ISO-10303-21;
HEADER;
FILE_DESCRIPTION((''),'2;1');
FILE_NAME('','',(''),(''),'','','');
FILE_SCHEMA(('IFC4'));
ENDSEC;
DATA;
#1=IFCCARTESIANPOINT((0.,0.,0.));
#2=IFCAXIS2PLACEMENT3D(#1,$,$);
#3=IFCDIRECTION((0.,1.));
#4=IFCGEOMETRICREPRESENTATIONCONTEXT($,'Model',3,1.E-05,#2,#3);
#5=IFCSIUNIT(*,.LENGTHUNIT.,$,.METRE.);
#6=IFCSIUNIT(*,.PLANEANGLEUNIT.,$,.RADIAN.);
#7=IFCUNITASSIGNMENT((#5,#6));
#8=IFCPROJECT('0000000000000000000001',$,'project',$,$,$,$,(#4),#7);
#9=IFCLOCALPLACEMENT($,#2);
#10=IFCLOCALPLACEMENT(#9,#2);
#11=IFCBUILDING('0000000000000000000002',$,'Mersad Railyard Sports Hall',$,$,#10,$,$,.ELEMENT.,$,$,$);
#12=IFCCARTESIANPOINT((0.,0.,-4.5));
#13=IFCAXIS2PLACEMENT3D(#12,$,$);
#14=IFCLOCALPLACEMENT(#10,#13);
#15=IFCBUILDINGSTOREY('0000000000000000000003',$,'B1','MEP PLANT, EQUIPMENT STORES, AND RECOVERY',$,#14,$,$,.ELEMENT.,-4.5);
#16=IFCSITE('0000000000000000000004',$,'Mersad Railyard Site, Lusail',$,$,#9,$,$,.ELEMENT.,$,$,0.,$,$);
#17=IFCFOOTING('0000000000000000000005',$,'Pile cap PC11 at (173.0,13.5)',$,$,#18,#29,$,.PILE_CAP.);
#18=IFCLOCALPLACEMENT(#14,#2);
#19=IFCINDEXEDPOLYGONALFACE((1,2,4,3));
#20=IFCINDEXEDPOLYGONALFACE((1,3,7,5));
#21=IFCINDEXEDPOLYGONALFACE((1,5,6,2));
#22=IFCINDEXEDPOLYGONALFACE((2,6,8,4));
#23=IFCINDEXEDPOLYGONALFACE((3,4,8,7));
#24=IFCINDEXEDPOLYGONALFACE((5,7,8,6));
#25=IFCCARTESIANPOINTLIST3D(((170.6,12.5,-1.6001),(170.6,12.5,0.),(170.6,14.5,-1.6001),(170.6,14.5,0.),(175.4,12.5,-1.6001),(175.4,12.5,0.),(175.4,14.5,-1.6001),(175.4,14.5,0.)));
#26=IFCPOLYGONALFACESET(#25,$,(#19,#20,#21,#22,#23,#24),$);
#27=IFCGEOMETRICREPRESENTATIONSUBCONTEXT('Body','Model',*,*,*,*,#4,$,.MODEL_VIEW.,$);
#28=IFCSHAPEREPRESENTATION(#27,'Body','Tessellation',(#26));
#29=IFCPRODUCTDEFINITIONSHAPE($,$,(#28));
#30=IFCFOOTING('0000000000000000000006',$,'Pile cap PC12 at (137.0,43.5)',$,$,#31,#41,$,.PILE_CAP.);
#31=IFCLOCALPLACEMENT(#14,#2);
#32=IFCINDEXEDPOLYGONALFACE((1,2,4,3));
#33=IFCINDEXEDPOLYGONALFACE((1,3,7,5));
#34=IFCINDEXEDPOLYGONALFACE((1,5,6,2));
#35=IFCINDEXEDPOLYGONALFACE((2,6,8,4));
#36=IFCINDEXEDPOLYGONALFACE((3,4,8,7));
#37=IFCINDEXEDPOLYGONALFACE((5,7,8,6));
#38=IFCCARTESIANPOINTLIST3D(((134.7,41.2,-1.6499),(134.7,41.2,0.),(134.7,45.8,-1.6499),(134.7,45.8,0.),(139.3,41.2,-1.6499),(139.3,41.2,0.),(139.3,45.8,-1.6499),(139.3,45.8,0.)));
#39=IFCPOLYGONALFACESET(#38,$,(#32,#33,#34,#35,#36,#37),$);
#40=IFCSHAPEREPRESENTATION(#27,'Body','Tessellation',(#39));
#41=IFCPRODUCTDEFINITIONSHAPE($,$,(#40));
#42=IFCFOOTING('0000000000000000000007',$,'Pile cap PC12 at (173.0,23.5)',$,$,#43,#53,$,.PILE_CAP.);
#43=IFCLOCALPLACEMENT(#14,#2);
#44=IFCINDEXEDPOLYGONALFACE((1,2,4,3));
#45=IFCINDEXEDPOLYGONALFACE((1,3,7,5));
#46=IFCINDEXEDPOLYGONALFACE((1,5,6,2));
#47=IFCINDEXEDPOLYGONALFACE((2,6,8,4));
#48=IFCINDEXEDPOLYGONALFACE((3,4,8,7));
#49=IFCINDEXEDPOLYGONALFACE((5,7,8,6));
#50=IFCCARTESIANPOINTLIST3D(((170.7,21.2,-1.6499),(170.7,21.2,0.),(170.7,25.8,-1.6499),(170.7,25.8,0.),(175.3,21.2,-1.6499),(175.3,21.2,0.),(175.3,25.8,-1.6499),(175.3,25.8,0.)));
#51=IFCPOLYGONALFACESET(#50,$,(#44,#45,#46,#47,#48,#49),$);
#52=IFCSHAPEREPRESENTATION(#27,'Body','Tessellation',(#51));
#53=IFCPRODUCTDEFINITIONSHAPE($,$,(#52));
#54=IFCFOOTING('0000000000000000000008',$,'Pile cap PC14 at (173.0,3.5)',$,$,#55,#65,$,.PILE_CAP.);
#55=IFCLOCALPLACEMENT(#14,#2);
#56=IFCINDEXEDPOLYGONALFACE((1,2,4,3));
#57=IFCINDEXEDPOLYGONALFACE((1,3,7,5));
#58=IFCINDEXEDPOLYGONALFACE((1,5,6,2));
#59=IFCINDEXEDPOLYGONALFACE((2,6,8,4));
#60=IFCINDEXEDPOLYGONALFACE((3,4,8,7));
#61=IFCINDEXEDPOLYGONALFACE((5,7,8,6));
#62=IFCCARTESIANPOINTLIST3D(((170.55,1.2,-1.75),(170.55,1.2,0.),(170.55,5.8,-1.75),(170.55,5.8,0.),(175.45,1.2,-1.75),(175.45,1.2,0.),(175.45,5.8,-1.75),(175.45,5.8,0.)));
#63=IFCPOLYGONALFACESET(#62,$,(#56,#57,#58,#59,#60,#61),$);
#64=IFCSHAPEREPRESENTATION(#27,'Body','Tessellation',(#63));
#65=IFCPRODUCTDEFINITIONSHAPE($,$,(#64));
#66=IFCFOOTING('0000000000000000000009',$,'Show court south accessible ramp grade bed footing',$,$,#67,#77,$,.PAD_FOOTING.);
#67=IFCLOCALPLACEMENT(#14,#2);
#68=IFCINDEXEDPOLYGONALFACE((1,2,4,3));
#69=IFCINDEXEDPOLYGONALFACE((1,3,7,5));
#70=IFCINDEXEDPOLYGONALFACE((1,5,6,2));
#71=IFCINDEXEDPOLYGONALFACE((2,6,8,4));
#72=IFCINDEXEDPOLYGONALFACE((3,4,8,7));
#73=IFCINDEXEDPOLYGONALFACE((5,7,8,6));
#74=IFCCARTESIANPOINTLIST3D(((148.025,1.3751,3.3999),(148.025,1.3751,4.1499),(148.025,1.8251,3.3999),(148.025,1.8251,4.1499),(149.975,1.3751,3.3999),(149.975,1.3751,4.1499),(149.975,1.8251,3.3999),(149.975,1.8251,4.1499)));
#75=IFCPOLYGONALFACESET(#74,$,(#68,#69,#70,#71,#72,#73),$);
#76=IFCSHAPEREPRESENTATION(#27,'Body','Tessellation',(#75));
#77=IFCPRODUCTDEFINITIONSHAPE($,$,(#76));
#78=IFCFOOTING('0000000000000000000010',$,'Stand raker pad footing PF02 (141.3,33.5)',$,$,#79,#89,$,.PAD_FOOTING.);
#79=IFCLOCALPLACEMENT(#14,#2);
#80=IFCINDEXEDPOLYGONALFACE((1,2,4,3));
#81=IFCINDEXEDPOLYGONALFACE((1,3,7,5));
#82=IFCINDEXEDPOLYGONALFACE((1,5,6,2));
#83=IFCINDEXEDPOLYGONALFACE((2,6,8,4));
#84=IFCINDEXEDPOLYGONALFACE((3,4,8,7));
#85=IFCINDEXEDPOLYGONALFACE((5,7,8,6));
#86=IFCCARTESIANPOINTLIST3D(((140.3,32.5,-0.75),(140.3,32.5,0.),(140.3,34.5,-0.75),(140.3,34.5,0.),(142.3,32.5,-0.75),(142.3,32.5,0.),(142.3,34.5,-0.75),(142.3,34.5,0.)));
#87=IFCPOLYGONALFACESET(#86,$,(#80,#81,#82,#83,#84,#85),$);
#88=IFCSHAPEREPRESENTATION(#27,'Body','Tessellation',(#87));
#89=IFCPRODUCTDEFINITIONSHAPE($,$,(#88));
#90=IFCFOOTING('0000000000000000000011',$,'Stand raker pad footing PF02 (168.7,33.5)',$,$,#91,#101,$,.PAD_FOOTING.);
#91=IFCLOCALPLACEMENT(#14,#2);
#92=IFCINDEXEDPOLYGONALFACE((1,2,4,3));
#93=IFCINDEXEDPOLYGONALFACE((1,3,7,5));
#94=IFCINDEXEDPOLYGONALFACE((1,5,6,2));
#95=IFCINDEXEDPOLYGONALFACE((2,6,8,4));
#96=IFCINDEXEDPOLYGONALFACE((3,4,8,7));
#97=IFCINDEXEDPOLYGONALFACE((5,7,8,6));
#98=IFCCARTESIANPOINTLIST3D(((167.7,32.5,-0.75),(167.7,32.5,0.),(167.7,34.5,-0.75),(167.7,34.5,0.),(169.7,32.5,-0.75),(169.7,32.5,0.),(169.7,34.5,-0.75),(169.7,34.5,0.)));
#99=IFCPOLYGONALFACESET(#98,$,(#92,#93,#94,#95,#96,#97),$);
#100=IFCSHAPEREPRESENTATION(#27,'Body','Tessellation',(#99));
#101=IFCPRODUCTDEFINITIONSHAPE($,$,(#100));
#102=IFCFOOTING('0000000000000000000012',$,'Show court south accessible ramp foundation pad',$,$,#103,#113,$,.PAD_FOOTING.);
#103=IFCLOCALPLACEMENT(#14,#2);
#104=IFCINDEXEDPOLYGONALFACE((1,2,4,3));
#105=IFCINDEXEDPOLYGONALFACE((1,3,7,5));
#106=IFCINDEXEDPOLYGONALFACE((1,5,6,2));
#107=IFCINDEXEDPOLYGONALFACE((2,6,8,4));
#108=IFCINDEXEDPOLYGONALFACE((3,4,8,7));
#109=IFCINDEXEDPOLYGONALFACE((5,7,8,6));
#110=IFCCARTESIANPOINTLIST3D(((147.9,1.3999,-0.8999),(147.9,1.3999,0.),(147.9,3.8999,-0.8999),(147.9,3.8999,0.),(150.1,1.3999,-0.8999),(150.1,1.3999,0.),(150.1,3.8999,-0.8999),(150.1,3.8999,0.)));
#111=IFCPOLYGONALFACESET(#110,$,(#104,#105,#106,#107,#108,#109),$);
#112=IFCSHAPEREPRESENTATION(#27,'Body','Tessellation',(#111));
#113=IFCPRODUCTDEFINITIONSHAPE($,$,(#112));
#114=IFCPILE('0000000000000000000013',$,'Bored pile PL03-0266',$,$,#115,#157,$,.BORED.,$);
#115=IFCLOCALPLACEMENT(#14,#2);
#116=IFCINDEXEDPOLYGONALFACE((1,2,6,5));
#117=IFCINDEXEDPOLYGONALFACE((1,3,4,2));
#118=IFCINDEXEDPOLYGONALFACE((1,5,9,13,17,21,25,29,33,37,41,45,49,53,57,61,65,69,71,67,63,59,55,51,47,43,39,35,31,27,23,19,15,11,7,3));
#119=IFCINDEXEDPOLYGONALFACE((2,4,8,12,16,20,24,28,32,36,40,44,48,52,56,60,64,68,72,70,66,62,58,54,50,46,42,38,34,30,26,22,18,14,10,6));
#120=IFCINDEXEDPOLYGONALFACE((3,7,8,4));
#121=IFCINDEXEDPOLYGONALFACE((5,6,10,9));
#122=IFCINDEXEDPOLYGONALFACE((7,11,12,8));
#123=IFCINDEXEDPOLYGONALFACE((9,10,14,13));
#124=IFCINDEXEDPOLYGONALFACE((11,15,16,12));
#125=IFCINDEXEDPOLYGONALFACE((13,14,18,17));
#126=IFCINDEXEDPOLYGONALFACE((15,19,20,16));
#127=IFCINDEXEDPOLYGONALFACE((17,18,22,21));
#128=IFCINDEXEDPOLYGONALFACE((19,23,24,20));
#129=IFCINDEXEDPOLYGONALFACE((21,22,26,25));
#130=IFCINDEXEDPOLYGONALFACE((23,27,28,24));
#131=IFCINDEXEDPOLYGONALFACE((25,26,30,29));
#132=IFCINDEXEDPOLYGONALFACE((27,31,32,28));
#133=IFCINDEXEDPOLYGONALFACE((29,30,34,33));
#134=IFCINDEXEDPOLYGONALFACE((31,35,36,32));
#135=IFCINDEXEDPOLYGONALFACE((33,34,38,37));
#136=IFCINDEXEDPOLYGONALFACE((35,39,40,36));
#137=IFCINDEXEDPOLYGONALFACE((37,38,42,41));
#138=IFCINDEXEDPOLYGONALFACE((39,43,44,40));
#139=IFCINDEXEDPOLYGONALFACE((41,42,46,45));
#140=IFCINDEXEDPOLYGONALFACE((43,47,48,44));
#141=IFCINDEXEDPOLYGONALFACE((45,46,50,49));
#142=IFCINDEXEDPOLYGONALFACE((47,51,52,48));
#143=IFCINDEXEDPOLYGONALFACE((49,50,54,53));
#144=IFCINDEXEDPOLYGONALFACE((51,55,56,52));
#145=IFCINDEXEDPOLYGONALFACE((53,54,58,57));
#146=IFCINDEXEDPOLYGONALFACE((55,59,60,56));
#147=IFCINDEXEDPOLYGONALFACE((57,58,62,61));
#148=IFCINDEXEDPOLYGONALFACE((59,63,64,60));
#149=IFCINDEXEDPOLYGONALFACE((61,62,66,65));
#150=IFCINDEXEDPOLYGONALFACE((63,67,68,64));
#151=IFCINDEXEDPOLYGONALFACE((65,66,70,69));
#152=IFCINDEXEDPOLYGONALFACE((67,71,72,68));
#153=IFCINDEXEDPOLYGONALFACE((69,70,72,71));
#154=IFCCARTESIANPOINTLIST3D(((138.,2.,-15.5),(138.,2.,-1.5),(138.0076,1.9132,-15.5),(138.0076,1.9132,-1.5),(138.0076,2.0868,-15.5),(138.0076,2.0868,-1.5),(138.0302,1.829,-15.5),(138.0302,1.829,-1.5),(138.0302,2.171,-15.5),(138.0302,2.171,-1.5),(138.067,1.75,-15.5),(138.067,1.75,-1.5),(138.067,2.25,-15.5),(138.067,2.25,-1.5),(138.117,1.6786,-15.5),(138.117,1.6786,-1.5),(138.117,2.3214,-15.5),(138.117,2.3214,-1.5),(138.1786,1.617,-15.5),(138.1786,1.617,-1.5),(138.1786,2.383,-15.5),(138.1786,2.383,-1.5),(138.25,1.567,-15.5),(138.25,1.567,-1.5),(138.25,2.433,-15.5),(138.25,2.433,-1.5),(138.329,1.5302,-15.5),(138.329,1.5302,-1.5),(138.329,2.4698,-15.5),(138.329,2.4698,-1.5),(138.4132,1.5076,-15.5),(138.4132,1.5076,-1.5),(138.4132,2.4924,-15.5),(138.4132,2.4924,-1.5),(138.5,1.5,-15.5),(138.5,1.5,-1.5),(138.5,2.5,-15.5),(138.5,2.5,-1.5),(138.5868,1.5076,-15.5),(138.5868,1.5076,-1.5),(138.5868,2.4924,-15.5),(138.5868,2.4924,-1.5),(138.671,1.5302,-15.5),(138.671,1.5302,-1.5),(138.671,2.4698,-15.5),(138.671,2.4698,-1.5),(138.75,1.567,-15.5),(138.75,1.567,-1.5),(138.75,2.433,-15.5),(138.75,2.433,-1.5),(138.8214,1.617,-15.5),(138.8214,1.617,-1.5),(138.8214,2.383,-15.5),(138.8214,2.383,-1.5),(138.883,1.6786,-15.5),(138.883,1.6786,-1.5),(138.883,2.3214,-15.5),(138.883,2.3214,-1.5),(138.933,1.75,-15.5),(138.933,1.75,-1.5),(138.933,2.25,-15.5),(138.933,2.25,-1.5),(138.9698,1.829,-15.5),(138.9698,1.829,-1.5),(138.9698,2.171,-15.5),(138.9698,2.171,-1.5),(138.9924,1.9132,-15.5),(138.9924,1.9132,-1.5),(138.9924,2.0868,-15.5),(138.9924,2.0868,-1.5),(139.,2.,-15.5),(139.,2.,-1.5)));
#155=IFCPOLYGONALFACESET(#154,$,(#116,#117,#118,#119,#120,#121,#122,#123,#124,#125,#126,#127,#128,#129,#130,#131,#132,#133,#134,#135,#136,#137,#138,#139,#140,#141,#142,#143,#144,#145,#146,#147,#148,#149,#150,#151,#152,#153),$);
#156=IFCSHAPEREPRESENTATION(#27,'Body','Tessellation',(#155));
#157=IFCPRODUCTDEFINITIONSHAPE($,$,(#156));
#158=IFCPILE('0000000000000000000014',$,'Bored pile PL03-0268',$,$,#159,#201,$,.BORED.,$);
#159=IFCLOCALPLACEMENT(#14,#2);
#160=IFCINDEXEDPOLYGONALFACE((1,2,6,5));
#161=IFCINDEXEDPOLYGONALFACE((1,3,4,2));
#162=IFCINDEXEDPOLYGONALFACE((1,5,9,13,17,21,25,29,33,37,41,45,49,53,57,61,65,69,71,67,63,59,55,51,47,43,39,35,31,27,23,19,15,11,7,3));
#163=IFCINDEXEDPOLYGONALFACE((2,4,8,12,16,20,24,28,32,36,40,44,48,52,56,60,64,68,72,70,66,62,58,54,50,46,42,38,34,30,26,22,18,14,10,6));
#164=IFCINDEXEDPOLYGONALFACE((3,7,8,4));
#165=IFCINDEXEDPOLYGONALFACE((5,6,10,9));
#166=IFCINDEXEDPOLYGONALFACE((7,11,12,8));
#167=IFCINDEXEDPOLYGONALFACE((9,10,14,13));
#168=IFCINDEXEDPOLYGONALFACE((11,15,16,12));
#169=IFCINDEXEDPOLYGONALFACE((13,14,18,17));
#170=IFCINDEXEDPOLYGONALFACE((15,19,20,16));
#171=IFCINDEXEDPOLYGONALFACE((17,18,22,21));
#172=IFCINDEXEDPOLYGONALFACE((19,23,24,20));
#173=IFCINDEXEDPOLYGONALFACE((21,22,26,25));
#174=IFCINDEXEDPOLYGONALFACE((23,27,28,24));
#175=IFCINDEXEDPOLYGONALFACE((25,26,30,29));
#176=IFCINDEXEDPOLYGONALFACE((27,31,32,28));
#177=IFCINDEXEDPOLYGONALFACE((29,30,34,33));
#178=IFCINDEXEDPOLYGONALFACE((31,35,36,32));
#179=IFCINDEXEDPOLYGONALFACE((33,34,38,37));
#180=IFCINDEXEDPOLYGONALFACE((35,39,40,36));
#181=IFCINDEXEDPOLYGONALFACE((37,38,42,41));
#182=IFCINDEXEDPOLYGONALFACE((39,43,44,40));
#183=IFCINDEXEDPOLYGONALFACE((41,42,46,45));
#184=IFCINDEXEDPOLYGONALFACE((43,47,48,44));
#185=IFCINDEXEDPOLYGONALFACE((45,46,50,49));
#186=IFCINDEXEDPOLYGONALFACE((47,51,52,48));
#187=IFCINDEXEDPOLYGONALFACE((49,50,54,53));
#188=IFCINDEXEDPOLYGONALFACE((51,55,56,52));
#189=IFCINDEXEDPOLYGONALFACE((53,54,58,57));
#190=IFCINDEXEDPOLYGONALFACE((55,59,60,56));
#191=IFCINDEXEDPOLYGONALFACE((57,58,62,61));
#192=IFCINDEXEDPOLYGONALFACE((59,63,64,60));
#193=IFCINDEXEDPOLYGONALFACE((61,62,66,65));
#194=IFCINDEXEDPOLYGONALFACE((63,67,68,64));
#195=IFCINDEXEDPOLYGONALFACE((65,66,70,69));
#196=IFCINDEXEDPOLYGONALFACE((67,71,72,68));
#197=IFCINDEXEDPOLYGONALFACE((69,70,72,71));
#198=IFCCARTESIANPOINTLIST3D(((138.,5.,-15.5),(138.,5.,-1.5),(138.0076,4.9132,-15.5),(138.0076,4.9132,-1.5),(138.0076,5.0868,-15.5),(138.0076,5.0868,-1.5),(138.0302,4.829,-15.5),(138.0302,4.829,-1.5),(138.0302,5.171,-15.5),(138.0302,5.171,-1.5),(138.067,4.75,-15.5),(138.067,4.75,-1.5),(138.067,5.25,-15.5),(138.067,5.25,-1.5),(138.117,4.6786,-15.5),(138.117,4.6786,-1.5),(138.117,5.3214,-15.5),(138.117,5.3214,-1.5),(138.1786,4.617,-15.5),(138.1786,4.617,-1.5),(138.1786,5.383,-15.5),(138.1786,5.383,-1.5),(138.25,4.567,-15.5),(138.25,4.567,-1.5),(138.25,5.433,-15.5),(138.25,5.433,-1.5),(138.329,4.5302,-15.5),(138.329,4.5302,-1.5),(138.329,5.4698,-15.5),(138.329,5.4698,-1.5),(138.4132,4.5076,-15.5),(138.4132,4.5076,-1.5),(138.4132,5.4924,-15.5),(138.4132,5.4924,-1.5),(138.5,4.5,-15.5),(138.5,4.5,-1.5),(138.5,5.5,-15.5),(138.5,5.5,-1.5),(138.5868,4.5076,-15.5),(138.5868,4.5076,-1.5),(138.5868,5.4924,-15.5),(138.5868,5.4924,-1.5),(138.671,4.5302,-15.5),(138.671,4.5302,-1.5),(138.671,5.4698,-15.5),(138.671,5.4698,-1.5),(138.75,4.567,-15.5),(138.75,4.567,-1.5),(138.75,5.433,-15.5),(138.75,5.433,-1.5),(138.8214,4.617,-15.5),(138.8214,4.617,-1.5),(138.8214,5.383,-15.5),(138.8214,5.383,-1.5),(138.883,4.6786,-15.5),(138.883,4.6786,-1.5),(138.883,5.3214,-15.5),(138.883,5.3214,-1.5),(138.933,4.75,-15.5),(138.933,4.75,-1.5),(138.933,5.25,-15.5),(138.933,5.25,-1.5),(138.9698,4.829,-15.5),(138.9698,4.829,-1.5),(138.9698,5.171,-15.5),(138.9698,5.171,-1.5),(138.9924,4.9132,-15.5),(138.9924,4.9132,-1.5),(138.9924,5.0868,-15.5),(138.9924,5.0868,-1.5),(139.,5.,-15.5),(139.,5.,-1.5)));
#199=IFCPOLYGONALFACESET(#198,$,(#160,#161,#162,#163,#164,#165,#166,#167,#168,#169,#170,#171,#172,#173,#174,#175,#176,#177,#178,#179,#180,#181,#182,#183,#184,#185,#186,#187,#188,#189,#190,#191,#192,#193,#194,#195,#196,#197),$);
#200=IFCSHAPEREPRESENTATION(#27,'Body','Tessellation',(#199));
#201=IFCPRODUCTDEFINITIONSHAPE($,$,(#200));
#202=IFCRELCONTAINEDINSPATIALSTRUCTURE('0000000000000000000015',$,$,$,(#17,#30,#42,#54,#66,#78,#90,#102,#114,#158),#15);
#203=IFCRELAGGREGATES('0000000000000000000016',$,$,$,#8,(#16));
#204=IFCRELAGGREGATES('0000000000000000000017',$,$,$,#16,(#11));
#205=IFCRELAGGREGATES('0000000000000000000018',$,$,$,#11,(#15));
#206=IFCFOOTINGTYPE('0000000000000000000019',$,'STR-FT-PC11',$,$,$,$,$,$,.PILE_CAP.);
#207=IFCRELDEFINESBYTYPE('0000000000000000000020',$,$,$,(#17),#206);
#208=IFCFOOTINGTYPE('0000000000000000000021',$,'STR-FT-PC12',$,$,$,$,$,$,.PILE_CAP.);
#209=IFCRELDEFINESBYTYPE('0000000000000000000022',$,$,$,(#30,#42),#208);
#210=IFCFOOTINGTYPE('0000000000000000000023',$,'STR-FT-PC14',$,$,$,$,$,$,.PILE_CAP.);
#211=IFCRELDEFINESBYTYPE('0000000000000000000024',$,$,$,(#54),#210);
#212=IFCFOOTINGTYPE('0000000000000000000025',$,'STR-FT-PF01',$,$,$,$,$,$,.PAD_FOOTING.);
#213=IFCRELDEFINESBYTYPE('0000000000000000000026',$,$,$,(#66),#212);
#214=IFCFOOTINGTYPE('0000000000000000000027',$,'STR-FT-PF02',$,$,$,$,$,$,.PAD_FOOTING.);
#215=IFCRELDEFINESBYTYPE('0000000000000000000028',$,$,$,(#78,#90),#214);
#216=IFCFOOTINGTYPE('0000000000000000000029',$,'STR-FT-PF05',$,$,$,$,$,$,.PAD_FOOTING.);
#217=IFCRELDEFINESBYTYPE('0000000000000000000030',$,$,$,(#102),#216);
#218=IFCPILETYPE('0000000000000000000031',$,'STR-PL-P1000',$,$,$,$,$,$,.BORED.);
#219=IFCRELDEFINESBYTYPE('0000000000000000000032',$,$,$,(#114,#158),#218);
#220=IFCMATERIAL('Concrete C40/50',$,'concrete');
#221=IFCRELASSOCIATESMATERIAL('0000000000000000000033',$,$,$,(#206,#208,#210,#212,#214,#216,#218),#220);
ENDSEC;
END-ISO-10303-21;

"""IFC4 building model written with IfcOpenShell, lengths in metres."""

from ifc_helpers import new_model, si_unit, direction, frame, origin, origin_2d, place, context, subcontext, project, spatial, rectangle, circle, extrude, material, material_profile, profile_set, type_object, element, save


model = new_model("IFC4")

# Units and contexts
model_context = context("Model", 3, precision=1e-05, world=origin(), true_north=direction((0.0, 1.0)))
body_context = subcontext(model_context, "Body", "Model", "MODEL_VIEW")
ifc_project = project(units=[si_unit("LENGTHUNIT", "METRE"), si_unit("PLANEANGLEUNIT", "RADIAN")], contexts=[model_context])

# Site, building, storey
site_placement = place(None, origin())
site = spatial("IfcSite", under=ifc_project, at=site_placement, Name="Mersad Railyard Site, Lusail", CompositionType="ELEMENT", RefElevation=0.0)
building_placement = place(site_placement, origin())
building = spatial("IfcBuilding", under=site, at=building_placement, Name="Mersad Railyard Sports Hall", CompositionType="ELEMENT")
storey_placement = place(building_placement, frame((0.0, 0.0, -4.5)))
storey = spatial("IfcBuildingStorey", under=building, at=storey_placement, Name="B1", Description="MEP PLANT, EQUIPMENT STORES, AND RECOVERY", CompositionType="ELEMENT", Elevation=-4.5)

# Footings
ifc_material_1 = material(Name="Concrete C40/50", Category="concrete")
footing_type_1 = type_object("IfcFootingType", Name="STR-FT-PC11", PredefinedType="PILE_CAP", material=ifc_material_1)
footing_1_placement = place(storey_placement, frame((173.0, 13.5, -1.6001), z_axis=(0.0, 0.0, 1.0), x_axis=(1.0, 0.0, 0.0)))
element("IfcFooting", 1, at=footing_1_placement, inside=storey, type_object=footing_type_1, Name="Pile cap PC11 at (173.0,13.5)", PredefinedType="PILE_CAP", context=body_context, shape_type="SweptSolid", body=[
    extrude(rectangle(XDim=4.8, YDim=2.0, at=origin_2d()), origin(), (0.0, 0.0, 1.0), 1.6001),
])
footing_type_2 = type_object("IfcFootingType", Name="STR-FT-PC12", PredefinedType="PILE_CAP", material=ifc_material_1)
for number, where, z_axis, x_axis, name in (
    (2, (137.0, 43.5, -1.6499), (0.0, 0.0, 1.0), (1.0, 0.0, 0.0), "Pile cap PC12 at (137.0,43.5)"),
    (3, (173.0, 23.5, -1.6499), (0.0, 0.0, 1.0), (1.0, 0.0, 0.0), "Pile cap PC12 at (173.0,23.5)"),
):
    element("IfcFooting", number, at=place(storey_placement, frame(where, z_axis=z_axis, x_axis=x_axis)), inside=storey, type_object=footing_type_2, Name=name, PredefinedType="PILE_CAP", context=body_context, shape_type="SweptSolid", body=[
        extrude(rectangle(XDim=4.6001, YDim=4.6001, at=origin_2d()), origin(), (0.0, 0.0, 1.0), 1.6499),
    ])
footing_type_3 = type_object("IfcFootingType", Name="STR-FT-PC14", PredefinedType="PILE_CAP", material=ifc_material_1)
footing_2_placement = place(storey_placement, frame((173.0, 3.5, -1.75), z_axis=(0.0, 0.0, 1.0), x_axis=(1.0, 0.0, 0.0)))
element("IfcFooting", 4, at=footing_2_placement, inside=storey, type_object=footing_type_3, Name="Pile cap PC14 at (173.0,3.5)", PredefinedType="PILE_CAP", context=body_context, shape_type="SweptSolid", body=[
    extrude(rectangle(XDim=4.8999, YDim=4.6001, at=origin_2d()), origin(), (0.0, 0.0, 1.0), 1.75),
])
footing_type_4 = type_object("IfcFootingType", Name="STR-FT-PF01", PredefinedType="PAD_FOOTING", material=ifc_material_1)
footing_3_placement = place(storey_placement, frame((149.0, 1.6001, 3.3999), z_axis=(0.0, 0.0, 1.0), x_axis=(1.0, 0.0, 0.0)))
element("IfcFooting", 5, at=footing_3_placement, inside=storey, type_object=footing_type_4, Name="Show court south accessible ramp grade bed footing", PredefinedType="PAD_FOOTING", context=body_context, shape_type="SweptSolid", body=[
    extrude(rectangle(XDim=1.95, YDim=0.45, at=origin_2d()), origin(), (0.0, 0.0, 1.0), 0.75),
])
footing_type_5 = type_object("IfcFootingType", Name="STR-FT-PF02", PredefinedType="PAD_FOOTING", material=ifc_material_1)
for number, where, z_axis, x_axis, name in (
    (6, (141.3, 33.5, -0.75), (0.0, 0.0, 1.0), (1.0, 0.0, 0.0), "Stand raker pad footing PF02 (141.3,33.5)"),
    (7, (168.7, 33.5, -0.75), (0.0, 0.0, 1.0), (1.0, 0.0, 0.0), "Stand raker pad footing PF02 (168.7,33.5)"),
):
    element("IfcFooting", number, at=place(storey_placement, frame(where, z_axis=z_axis, x_axis=x_axis)), inside=storey, type_object=footing_type_5, Name=name, PredefinedType="PAD_FOOTING", context=body_context, shape_type="SweptSolid", body=[
        extrude(rectangle(XDim=2.0, YDim=2.0, at=origin_2d()), origin(), (0.0, 0.0, 1.0), 0.75),
    ])
footing_type_6 = type_object("IfcFootingType", Name="STR-FT-PF05", PredefinedType="PAD_FOOTING", material=ifc_material_1)
footing_4_placement = place(storey_placement, frame((149.0, 2.6499, -0.8999), z_axis=(0.0, 0.0, 1.0), x_axis=(1.0, 0.0, 0.0)))
element("IfcFooting", 8, at=footing_4_placement, inside=storey, type_object=footing_type_6, Name="Show court south accessible ramp foundation pad", PredefinedType="PAD_FOOTING", context=body_context, shape_type="SweptSolid", body=[
    extrude(rectangle(XDim=2.2, YDim=2.5, at=origin_2d()), origin(), (0.0, 0.0, 1.0), 0.8999),
])

# Piles
ifc_material_profile_1 = material_profile(ifc_material_1, circle(Radius=0.5, at=origin_2d()), Name="BORED PILE D1000")
ifc_profile_set_1 = profile_set([ifc_material_profile_1], Name="Concrete C40/50")
pile_type = type_object("IfcPileType", Name="STR-PL-P1000", PredefinedType="BORED", material=ifc_profile_set_1)
for number, where, z_axis, x_axis, name in (
    (9, (138.5, 2.0, -1.5), (0.0, 0.0, -1.0), (1.0, 0.0, 0.0), "Bored pile PL03-0266"),
    (10, (138.5, 5.0, -1.5), (0.0, 0.0, -1.0), (1.0, 0.0, 0.0), "Bored pile PL03-0268"),
):
    element("IfcPile", number, at=place(storey_placement, frame(where, z_axis=z_axis, x_axis=x_axis)), inside=storey, type_object=pile_type, Name=name, PredefinedType="BORED", context=body_context, shape_type="SweptSolid", body=[
        extrude(circle(Radius=0.5, at=origin_2d()), origin(), (0.0, 0.0, 1.0), 14.0),
    ])

save(model, "model.ifc")
